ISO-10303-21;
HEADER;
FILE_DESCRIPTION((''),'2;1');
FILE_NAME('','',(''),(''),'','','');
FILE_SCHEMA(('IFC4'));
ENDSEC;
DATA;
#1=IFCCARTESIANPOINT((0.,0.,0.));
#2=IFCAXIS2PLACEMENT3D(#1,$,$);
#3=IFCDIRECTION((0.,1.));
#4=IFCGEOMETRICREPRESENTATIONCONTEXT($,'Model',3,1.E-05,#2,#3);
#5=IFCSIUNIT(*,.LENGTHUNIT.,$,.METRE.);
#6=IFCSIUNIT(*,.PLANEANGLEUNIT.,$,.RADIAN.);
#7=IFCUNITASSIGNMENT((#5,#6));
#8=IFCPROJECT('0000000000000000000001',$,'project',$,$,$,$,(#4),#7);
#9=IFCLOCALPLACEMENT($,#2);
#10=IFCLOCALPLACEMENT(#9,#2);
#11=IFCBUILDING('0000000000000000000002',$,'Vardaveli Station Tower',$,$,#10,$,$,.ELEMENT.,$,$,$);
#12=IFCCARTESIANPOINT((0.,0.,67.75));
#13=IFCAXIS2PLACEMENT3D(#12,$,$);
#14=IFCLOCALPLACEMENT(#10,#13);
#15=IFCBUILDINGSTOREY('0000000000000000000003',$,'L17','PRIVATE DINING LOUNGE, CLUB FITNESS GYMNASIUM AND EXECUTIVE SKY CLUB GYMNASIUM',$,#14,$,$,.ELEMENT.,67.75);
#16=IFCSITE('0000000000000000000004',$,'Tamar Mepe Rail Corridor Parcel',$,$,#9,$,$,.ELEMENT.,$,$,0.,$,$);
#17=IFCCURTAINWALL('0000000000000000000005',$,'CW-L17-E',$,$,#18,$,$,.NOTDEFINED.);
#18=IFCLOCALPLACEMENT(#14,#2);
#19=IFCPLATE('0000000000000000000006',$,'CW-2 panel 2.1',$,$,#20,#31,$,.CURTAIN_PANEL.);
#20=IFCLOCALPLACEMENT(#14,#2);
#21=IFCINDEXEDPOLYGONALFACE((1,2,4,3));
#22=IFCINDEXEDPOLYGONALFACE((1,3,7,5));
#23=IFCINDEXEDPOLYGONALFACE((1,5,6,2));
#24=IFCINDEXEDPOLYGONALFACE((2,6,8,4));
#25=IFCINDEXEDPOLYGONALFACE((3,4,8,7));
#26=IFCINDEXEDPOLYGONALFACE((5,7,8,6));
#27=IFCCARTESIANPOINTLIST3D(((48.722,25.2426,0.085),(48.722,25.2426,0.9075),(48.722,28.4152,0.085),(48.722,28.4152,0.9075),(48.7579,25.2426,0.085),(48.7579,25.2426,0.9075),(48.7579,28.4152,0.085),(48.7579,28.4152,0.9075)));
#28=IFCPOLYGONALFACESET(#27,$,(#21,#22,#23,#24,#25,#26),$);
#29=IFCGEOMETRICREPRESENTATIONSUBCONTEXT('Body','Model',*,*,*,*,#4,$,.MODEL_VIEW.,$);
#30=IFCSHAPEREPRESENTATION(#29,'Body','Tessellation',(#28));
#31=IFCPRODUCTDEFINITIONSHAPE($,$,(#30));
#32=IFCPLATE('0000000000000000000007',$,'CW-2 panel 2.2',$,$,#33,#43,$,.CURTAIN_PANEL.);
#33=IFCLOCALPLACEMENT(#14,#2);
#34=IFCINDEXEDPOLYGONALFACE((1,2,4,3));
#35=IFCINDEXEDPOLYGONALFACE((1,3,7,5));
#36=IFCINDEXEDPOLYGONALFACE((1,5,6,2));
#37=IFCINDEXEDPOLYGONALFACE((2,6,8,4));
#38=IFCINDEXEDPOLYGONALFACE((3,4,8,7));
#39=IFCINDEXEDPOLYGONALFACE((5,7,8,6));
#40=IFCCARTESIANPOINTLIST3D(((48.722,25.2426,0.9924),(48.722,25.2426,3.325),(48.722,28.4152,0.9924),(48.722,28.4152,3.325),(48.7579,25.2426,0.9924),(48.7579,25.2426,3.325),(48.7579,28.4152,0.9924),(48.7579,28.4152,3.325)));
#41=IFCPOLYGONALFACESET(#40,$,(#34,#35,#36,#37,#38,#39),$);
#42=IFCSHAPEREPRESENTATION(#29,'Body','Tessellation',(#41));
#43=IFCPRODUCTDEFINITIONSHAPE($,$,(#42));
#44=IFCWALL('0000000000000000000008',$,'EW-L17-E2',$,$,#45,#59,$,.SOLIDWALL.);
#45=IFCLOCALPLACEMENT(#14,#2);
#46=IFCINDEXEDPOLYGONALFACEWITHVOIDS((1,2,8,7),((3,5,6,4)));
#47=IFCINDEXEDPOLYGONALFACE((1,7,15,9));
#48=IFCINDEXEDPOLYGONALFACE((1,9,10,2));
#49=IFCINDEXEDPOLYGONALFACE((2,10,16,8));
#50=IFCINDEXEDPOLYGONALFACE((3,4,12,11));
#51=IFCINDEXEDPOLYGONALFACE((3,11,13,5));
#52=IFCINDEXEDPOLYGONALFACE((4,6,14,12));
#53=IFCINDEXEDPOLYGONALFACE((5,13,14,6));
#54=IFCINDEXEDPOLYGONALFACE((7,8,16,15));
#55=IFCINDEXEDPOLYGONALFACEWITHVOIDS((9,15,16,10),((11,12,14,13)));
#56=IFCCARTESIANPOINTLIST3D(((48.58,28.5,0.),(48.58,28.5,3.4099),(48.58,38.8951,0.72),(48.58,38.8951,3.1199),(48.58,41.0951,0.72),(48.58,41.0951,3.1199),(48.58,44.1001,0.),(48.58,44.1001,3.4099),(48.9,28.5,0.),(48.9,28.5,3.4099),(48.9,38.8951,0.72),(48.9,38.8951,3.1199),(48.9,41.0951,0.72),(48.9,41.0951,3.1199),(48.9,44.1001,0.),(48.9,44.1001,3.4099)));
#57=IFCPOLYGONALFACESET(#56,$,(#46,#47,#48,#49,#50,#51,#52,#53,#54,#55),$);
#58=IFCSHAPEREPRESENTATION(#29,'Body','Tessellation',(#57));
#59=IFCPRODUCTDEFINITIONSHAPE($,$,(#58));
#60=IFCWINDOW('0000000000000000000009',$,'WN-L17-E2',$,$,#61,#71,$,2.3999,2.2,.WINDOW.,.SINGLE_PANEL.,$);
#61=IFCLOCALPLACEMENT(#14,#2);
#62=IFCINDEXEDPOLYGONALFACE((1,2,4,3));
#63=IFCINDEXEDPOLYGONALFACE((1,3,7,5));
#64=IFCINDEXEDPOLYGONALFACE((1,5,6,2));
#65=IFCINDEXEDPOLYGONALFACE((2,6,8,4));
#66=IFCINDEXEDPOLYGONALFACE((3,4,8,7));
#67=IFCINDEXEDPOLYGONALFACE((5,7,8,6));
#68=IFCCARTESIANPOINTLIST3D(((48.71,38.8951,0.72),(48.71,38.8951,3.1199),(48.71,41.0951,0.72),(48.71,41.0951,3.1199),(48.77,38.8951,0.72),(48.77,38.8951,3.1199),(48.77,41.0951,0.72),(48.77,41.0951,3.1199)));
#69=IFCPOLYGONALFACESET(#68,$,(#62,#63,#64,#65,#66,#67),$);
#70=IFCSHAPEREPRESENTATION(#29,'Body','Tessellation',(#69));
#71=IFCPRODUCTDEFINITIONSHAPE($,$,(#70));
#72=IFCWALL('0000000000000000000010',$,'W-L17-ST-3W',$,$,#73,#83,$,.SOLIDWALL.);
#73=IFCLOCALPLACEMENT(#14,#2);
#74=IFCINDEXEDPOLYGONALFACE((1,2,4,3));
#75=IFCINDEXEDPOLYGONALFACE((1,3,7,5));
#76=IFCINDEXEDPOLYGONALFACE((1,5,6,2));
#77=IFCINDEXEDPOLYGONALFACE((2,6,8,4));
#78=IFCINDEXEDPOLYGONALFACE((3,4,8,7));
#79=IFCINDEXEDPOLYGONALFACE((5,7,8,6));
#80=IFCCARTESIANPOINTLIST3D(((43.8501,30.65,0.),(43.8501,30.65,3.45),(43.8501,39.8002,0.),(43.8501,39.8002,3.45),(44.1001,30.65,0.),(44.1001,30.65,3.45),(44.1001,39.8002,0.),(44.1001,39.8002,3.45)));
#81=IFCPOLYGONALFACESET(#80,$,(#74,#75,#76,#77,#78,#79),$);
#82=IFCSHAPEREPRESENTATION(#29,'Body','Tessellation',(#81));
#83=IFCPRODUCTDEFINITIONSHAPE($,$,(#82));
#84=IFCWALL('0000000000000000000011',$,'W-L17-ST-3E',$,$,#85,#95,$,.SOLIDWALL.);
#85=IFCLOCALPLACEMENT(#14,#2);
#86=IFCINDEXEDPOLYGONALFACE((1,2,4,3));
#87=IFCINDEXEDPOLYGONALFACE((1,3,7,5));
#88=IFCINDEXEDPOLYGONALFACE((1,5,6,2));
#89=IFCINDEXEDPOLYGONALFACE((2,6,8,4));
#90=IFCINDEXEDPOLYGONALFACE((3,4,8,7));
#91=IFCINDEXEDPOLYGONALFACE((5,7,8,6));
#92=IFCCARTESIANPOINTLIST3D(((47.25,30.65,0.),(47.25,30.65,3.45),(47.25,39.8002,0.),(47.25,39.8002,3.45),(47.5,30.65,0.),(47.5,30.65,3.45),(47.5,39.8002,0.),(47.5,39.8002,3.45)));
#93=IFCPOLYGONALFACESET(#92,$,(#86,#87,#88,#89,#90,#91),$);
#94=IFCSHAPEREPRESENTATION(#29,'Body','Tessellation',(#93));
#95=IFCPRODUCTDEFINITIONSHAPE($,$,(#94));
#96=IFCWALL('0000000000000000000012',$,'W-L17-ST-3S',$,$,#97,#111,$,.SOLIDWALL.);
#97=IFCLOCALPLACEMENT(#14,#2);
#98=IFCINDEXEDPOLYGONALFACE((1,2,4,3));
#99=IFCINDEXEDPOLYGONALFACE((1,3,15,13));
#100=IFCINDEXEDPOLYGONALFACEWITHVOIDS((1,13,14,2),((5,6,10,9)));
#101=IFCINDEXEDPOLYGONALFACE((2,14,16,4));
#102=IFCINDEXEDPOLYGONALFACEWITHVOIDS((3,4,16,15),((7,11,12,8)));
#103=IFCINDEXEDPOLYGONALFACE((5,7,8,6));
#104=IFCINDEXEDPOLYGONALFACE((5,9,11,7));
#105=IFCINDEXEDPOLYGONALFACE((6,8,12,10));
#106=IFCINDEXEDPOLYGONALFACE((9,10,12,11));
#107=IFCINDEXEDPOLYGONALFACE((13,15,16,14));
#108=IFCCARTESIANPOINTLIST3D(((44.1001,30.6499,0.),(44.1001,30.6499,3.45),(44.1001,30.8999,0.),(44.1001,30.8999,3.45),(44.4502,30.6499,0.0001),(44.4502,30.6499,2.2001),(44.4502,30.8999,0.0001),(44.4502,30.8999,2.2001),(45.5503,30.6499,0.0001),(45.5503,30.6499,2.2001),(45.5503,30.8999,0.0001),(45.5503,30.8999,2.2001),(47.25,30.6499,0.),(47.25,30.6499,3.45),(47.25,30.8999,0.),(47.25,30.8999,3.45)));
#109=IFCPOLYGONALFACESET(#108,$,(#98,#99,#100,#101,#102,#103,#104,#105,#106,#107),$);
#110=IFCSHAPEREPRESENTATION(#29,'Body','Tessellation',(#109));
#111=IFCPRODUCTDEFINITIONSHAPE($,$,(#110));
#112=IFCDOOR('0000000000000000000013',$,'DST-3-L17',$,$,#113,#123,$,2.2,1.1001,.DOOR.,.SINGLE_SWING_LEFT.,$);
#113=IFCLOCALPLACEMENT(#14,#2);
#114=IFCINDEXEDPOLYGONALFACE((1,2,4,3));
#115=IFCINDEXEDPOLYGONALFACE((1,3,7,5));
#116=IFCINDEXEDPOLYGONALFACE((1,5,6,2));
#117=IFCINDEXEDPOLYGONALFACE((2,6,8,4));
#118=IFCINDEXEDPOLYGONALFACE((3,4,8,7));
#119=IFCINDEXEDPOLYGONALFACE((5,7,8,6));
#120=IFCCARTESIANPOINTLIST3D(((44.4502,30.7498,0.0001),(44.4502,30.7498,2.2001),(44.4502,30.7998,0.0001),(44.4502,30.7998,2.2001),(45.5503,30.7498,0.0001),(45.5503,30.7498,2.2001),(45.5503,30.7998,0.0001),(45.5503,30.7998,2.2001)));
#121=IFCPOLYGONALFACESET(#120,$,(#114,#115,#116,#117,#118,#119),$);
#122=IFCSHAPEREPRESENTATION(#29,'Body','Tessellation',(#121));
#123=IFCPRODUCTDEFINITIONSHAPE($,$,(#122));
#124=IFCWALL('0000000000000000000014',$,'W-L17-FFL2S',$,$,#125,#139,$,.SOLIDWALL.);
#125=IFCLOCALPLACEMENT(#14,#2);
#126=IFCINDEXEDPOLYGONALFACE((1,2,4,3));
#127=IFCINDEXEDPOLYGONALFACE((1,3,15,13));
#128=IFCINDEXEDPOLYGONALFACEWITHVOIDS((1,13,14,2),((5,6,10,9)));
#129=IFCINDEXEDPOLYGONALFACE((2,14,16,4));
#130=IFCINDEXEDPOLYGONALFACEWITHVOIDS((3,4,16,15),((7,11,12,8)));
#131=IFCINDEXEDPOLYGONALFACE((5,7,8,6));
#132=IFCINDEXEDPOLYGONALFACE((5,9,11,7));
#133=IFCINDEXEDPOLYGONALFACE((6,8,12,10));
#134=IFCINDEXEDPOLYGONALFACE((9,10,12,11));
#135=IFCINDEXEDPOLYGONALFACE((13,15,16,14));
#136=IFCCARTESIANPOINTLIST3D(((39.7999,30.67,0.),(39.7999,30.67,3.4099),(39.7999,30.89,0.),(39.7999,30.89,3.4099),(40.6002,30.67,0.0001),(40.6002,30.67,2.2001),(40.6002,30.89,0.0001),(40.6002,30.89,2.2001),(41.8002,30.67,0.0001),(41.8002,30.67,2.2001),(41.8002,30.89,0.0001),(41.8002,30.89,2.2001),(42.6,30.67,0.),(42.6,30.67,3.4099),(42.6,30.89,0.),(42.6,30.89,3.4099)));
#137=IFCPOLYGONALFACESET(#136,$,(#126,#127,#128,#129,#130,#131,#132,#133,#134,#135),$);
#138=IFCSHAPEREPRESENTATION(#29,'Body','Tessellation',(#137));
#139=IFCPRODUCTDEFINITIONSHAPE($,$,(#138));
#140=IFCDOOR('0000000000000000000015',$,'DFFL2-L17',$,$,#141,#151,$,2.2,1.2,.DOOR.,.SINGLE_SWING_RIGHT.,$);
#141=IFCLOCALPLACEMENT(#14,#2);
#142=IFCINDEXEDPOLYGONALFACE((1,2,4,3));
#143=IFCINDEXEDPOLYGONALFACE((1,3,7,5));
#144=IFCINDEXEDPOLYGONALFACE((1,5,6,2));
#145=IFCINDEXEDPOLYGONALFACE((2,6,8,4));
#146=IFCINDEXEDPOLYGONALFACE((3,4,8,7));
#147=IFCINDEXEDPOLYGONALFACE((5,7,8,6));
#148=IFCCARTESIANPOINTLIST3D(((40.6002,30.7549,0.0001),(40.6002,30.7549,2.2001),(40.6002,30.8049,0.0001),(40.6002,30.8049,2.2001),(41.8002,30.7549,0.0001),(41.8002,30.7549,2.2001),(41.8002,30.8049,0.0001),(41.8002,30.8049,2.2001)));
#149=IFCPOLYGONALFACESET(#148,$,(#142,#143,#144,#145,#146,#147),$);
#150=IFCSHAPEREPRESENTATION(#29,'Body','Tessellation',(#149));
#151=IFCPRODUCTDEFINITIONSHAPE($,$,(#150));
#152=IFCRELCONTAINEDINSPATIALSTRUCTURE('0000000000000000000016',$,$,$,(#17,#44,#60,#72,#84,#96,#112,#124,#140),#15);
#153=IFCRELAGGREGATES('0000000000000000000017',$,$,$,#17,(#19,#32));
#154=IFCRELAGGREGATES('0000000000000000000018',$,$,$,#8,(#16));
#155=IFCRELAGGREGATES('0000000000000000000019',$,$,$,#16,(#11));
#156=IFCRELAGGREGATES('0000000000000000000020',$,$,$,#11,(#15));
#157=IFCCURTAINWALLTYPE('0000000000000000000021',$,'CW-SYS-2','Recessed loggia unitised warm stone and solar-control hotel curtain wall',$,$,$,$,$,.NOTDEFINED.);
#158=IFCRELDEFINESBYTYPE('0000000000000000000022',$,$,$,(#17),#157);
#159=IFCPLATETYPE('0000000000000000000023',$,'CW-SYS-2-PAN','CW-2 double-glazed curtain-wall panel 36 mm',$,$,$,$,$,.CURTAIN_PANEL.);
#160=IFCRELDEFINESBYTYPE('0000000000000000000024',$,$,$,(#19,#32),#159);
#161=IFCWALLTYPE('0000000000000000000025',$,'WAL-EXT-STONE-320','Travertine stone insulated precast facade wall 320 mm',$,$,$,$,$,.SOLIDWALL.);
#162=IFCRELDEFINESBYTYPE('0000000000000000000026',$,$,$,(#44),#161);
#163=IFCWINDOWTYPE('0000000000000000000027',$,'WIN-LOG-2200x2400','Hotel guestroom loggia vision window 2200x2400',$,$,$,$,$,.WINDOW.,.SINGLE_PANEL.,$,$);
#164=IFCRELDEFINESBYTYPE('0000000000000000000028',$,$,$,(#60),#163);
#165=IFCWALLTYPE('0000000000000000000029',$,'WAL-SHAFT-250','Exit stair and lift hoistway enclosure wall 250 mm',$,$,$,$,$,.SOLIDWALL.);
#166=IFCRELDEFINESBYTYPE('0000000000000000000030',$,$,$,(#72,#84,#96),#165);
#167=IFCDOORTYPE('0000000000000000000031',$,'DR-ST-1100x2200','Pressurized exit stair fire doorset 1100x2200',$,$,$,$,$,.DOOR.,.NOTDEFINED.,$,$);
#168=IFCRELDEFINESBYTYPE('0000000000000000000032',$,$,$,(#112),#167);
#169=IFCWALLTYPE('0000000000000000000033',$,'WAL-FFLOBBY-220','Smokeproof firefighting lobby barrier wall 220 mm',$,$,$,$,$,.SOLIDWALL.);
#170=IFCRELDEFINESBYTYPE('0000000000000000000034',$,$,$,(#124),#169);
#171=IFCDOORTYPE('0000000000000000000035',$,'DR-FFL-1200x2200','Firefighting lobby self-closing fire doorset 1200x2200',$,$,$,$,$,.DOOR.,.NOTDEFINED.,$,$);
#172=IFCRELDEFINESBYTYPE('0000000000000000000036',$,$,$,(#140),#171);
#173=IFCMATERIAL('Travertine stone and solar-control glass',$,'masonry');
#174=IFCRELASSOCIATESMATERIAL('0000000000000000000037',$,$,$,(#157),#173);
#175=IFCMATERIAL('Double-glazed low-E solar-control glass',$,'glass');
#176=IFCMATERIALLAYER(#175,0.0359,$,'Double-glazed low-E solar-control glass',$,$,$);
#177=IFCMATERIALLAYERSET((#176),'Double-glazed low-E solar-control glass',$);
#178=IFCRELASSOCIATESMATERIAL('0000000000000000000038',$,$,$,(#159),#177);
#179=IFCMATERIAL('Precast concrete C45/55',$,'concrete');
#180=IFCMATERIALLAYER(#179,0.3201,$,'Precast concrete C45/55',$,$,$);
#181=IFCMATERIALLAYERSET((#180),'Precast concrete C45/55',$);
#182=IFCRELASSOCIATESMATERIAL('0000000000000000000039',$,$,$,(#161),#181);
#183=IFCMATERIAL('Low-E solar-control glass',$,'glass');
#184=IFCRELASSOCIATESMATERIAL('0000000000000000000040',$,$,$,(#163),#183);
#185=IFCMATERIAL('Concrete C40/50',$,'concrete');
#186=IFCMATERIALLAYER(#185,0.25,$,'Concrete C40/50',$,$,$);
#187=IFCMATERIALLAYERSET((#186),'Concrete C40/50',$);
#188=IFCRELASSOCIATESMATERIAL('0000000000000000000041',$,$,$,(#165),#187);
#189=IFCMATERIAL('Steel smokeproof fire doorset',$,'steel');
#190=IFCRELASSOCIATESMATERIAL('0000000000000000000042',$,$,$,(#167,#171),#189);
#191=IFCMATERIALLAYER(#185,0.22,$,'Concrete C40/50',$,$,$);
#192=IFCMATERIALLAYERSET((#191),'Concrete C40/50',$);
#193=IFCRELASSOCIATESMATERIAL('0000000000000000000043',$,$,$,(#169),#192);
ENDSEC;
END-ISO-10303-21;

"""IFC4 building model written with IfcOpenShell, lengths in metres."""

from ifc_helpers import new_model, si_unit, direction, frame, frame_2d, origin, origin_2d, place, context, subcontext, project, spatial, rectangle, extrude, source, transform, mapped, material, layer, layer_set, type_object, element, fill, aggregate, save


model = new_model("IFC4")

# Units and contexts
model_context = context("Model", 3, precision=1e-05, world=origin(), true_north=direction((0.0, 1.0)))
body_context = subcontext(model_context, "Body", "Model", "MODEL_VIEW")
ifc_project = project(units=[si_unit("LENGTHUNIT", "METRE"), si_unit("PLANEANGLEUNIT", "RADIAN")], contexts=[model_context])

# Site, building, storey
site_placement = place(None, origin())
site = spatial("IfcSite", under=ifc_project, at=site_placement, Name="Tamar Mepe Rail Corridor Parcel", CompositionType="ELEMENT", RefElevation=0.0)
building_placement = place(site_placement, origin())
building = spatial("IfcBuilding", under=site, at=building_placement, Name="Vardaveli Station Tower", CompositionType="ELEMENT")
storey_placement = place(building_placement, frame((0.0, 0.0, 67.75)))
storey = spatial("IfcBuildingStorey", under=building, at=storey_placement, Name="L17", Description="PRIVATE DINING LOUNGE, CLUB FITNESS GYMNASIUM AND EXECUTIVE SKY CLUB GYMNASIUM", CompositionType="ELEMENT", Elevation=67.75)

# Shared definitions
ifc_material_1 = material(Name="Precast concrete C45/55", Category="concrete")

# Curtain wall, plates
ifc_material_2 = material(Name="Travertine stone and solar-control glass", Category="masonry")
curtain_wall_type = type_object("IfcCurtainWallType", Name="CW-SYS-2", Description="Recessed loggia unitised warm stone and solar-control hotel curtain wall", PredefinedType="NOTDEFINED", material=ifc_material_2)
curtain_wall_placement = place(storey_placement, origin())
curtain_wall = element("IfcCurtainWall", 1, at=curtain_wall_placement, inside=storey, type_object=curtain_wall_type, Name="CW-L17-E", PredefinedType="NOTDEFINED")
ifc_material_3 = material(Name="Double-glazed low-E solar-control glass", Category="glass")
ifc_layer_1 = layer(ifc_material_3, 0.0359, Name="Double-glazed low-E solar-control glass")
ifc_layer_set_1 = layer_set([ifc_layer_1], Name="Double-glazed low-E solar-control glass")
plate_type = type_object("IfcPlateType", Name="CW-SYS-2-PAN", Description="CW-2 double-glazed curtain-wall panel 36 mm", PredefinedType="CURTAIN_PANEL", material=ifc_layer_set_1)
shared_shape_1 = source(origin(), body_context, "Body", "SweptSolid", [
    extrude(rectangle(XDim=3.1726, YDim=0.0359, at=origin_2d()), origin(), (0.0, 0.0, 1.0), 0.8225),
])
plate_1_placement = place(storey_placement, frame((48.74, 26.8289, 0.085), z_axis=(0.0, 0.0, 1.0), x_axis=(0.0, 1.0, 0.0)))
plate_1 = element("IfcPlate", 2, at=plate_1_placement, type_object=plate_type, Name="CW-2 panel 2.1", PredefinedType="CURTAIN_PANEL", context=body_context, shape_type="MappedRepresentation", body=[
    mapped(shared_shape_1, transform((0.0, 0.0, 0.0), scale=1.0)),
])
shared_shape_2 = source(origin(), body_context, "Body", "SweptSolid", [
    extrude(rectangle(XDim=3.1726, YDim=0.0359, at=origin_2d()), origin(), (0.0, 0.0, 1.0), 2.3325),
])
plate_2_placement = place(storey_placement, frame((48.74, 26.8289, 0.9924), z_axis=(0.0, 0.0, 1.0), x_axis=(0.0, 1.0, 0.0)))
plate_2 = element("IfcPlate", 3, at=plate_2_placement, type_object=plate_type, Name="CW-2 panel 2.2", PredefinedType="CURTAIN_PANEL", context=body_context, shape_type="MappedRepresentation", body=[
    mapped(shared_shape_2, transform((0.0, 0.0, 0.0), scale=1.0)),
])
aggregate(curtain_wall, [plate_1, plate_2])

# Wall, opening, window
ifc_layer_2 = layer(ifc_material_1, 0.3201, Name="Precast concrete C45/55")
ifc_layer_set_2 = layer_set([ifc_layer_2], Name="Precast concrete C45/55")
wall_type_1 = type_object("IfcWallType", Name="WAL-EXT-STONE-320", Description="Travertine stone insulated precast facade wall 320 mm", PredefinedType="SOLIDWALL", material=ifc_layer_set_2)
shared_shape_3 = source(origin(), body_context, "Body", "SweptSolid", [
    extrude(rectangle(XDim=15.6001, YDim=0.3201, at=frame_2d((7.8, 0.0))), origin(), (0.0, 0.0, 1.0), 3.4099),
])
wall_1_placement = place(storey_placement, frame((48.74, 28.5, 0.0), z_axis=(0.0, 0.0, 1.0), x_axis=(0.0, 1.0, 0.0)))
wall_1 = element("IfcWall", 4, at=wall_1_placement, inside=storey, type_object=wall_type_1, Name="EW-L17-E2", PredefinedType="SOLIDWALL", context=body_context, shape_type="MappedRepresentation", body=[
    mapped(shared_shape_3, transform((0.0, 0.0, 0.0), scale=1.0)),
])
shared_shape_4 = source(origin(), body_context, "Body", "SweptSolid", [
    extrude(rectangle(XDim=2.2, YDim=2.3999, at=frame_2d((1.1001, 1.2))), frame((0.0, 0.1699, 0.0), z_axis=(0.0, -1.0, 0.0), x_axis=(1.0, 0.0, 0.0)), (0.0, 0.0, 1.0), 0.3401),
])
opening_1_placement = place(wall_1_placement, frame((10.395, 0.0, 0.72)))
opening_1 = element("IfcOpeningElement", 5, at=opening_1_placement, cuts=wall_1, PredefinedType="OPENING", context=body_context, shape_type="MappedRepresentation", body=[
    mapped(shared_shape_4, transform((0.0, 0.0, 0.0), scale=1.0)),
])
ifc_material_4 = material(Name="Low-E solar-control glass", Category="glass")
window_type = type_object("IfcWindowType", Name="WIN-LOG-2200x2400", Description="Hotel guestroom loggia vision window 2200x2400", PartitioningType="SINGLE_PANEL", PredefinedType="WINDOW", material=ifc_material_4)
shared_shape_5 = source(origin(), body_context, "Body", "SweptSolid", [
    extrude(rectangle(XDim=2.2, YDim=2.3999, at=frame_2d((1.1001, 1.2))), frame((0.0, 0.03, 0.0), z_axis=(0.0, -1.0, 0.0), x_axis=(1.0, 0.0, 0.0)), (0.0, 0.0, 1.0), 0.0601),
])
window_placement = place(opening_1_placement, origin())
window = element("IfcWindow", 6, at=window_placement, inside=storey, type_object=window_type, Name="WN-L17-E2", OverallHeight=2.3999, OverallWidth=2.2, PartitioningType="SINGLE_PANEL", PredefinedType="WINDOW", context=body_context, shape_type="MappedRepresentation", body=[
    mapped(shared_shape_5, transform((0.0, 0.0, 0.0), scale=1.0)),
])
fill(opening_1, window)

# Walls
ifc_material_5 = material(Name="Concrete C40/50", Category="concrete")
ifc_layer_3 = layer(ifc_material_5, 0.25, Name="Concrete C40/50")
ifc_layer_set_3 = layer_set([ifc_layer_3], Name="Concrete C40/50")
wall_type_2 = type_object("IfcWallType", Name="WAL-SHAFT-250", Description="Exit stair and lift hoistway enclosure wall 250 mm", PredefinedType="SOLIDWALL", material=ifc_layer_set_3)
shared_shape_6 = source(origin(), body_context, "Body", "SweptSolid", [
    extrude(rectangle(XDim=9.1501, YDim=0.25, at=frame_2d((4.5752, 0.0))), origin(), (0.0, 0.0, 1.0), 3.45),
])
for number, where, z_axis, x_axis, name in (
    (7, (43.9751, 30.6499, 0.0), (0.0, 0.0, 1.0), (0.0, 1.0, 0.0), "W-L17-ST-3W"),
    (8, (47.375, 30.6499, 0.0), (0.0, 0.0, 1.0), (0.0, 1.0, 0.0), "W-L17-ST-3E"),
):
    element("IfcWall", number, at=place(storey_placement, frame(where, z_axis=z_axis, x_axis=x_axis)), inside=storey, type_object=wall_type_2, Name=name, PredefinedType="SOLIDWALL", context=body_context, shape_type="MappedRepresentation", body=[
        mapped(shared_shape_6, transform((0.0, 0.0, 0.0), scale=1.0)),
    ])

# Walls, openings, doors
shared_shape_7 = source(origin(), body_context, "Body", "SweptSolid", [
    extrude(rectangle(XDim=3.1499, YDim=0.25, at=frame_2d((1.575, 0.0))), origin(), (0.0, 0.0, 1.0), 3.45),
])
wall_2_placement = place(storey_placement, frame((44.1001, 30.7749, 0.0), z_axis=(0.0, 0.0, 1.0), x_axis=(1.0, 0.0, 0.0)))
wall_2 = element("IfcWall", 9, at=wall_2_placement, inside=storey, type_object=wall_type_2, Name="W-L17-ST-3S", PredefinedType="SOLIDWALL", context=body_context, shape_type="MappedRepresentation", body=[
    mapped(shared_shape_7, transform((0.0, 0.0, 0.0), scale=1.0)),
])
shared_shape_8 = source(origin(), body_context, "Body", "SweptSolid", [
    extrude(rectangle(XDim=1.1001, YDim=2.2, at=frame_2d((0.55, 1.1001))), frame((0.0, 0.135, 0.0), z_axis=(0.0, -1.0, 0.0), x_axis=(1.0, 0.0, 0.0)), (0.0, 0.0, 1.0), 0.27),
])
opening_2_placement = place(wall_2_placement, frame((0.3501, 0.0, 0.0)))
opening_2 = element("IfcOpeningElement", 10, at=opening_2_placement, cuts=wall_2, PredefinedType="OPENING", context=body_context, shape_type="MappedRepresentation", body=[
    mapped(shared_shape_8, transform((0.0, 0.0, 0.0), scale=1.0)),
])
ifc_material_6 = material(Name="Steel smokeproof fire doorset", Category="steel")
door_type_1 = type_object("IfcDoorType", Name="DR-ST-1100x2200", Description="Pressurized exit stair fire doorset 1100x2200", OperationType="NOTDEFINED", PredefinedType="DOOR", material=ifc_material_6)
shared_shape_9 = source(origin(), body_context, "Body", "SweptSolid", [
    extrude(rectangle(XDim=1.1001, YDim=2.2, at=frame_2d((0.55, 1.1001))), frame((0.0, 0.0249, 0.0), z_axis=(0.0, -1.0, 0.0), x_axis=(1.0, 0.0, 0.0)), (0.0, 0.0, 1.0), 0.05),
])
door_1_placement = place(opening_2_placement, origin())
door_1 = element("IfcDoor", 11, at=door_1_placement, inside=storey, type_object=door_type_1, Name="DST-3-L17", OperationType="SINGLE_SWING_LEFT", OverallHeight=2.2, OverallWidth=1.1001, PredefinedType="DOOR", context=body_context, shape_type="MappedRepresentation", body=[
    mapped(shared_shape_9, transform((0.0, 0.0, 0.0), scale=1.0)),
])
fill(opening_2, door_1)
ifc_layer_4 = layer(ifc_material_5, 0.22, Name="Concrete C40/50")
ifc_layer_set_4 = layer_set([ifc_layer_4], Name="Concrete C40/50")
wall_type_3 = type_object("IfcWallType", Name="WAL-FFLOBBY-220", Description="Smokeproof firefighting lobby barrier wall 220 mm", PredefinedType="SOLIDWALL", material=ifc_layer_set_4)
shared_shape_10 = source(origin(), body_context, "Body", "SweptSolid", [
    extrude(rectangle(XDim=2.8, YDim=0.22, at=frame_2d((1.3999, 0.0))), origin(), (0.0, 0.0, 1.0), 3.4099),
])
wall_3_placement = place(storey_placement, frame((39.8, 30.78, 0.0), z_axis=(0.0, 0.0, 1.0), x_axis=(1.0, 0.0, 0.0)))
wall_3 = element("IfcWall", 12, at=wall_3_placement, inside=storey, type_object=wall_type_3, Name="W-L17-FFL2S", PredefinedType="SOLIDWALL", context=body_context, shape_type="MappedRepresentation", body=[
    mapped(shared_shape_10, transform((0.0, 0.0, 0.0), scale=1.0)),
])
shared_shape_11 = source(origin(), body_context, "Body", "SweptSolid", [
    extrude(rectangle(XDim=1.2, YDim=2.2, at=frame_2d((0.6001, 1.1001))), frame((0.0, 0.1201, 0.0), z_axis=(0.0, -1.0, 0.0), x_axis=(1.0, 0.0, 0.0)), (0.0, 0.0, 1.0), 0.24),
])
opening_3_placement = place(wall_3_placement, frame((0.8, 0.0, 0.0)))
opening_3 = element("IfcOpeningElement", 13, at=opening_3_placement, cuts=wall_3, PredefinedType="OPENING", context=body_context, shape_type="MappedRepresentation", body=[
    mapped(shared_shape_11, transform((0.0, 0.0, 0.0), scale=1.0)),
])
door_type_2 = type_object("IfcDoorType", Name="DR-FFL-1200x2200", Description="Firefighting lobby self-closing fire doorset 1200x2200", OperationType="NOTDEFINED", PredefinedType="DOOR", material=ifc_material_6)
shared_shape_12 = source(origin(), body_context, "Body", "SweptSolid", [
    extrude(rectangle(XDim=1.2, YDim=2.2, at=frame_2d((0.6001, 1.1001))), frame((0.0, 0.0249, 0.0), z_axis=(0.0, -1.0, 0.0), x_axis=(1.0, 0.0, 0.0)), (0.0, 0.0, 1.0), 0.05),
])
door_2_placement = place(opening_3_placement, origin())
door_2 = element("IfcDoor", 14, at=door_2_placement, inside=storey, type_object=door_type_2, Name="DFFL2-L17", OperationType="SINGLE_SWING_RIGHT", OverallHeight=2.2, OverallWidth=1.2, PredefinedType="DOOR", context=body_context, shape_type="MappedRepresentation", body=[
    mapped(shared_shape_12, transform((0.0, 0.0, 0.0), scale=1.0)),
])
fill(opening_3, door_2)

save(model, "model.ifc")
